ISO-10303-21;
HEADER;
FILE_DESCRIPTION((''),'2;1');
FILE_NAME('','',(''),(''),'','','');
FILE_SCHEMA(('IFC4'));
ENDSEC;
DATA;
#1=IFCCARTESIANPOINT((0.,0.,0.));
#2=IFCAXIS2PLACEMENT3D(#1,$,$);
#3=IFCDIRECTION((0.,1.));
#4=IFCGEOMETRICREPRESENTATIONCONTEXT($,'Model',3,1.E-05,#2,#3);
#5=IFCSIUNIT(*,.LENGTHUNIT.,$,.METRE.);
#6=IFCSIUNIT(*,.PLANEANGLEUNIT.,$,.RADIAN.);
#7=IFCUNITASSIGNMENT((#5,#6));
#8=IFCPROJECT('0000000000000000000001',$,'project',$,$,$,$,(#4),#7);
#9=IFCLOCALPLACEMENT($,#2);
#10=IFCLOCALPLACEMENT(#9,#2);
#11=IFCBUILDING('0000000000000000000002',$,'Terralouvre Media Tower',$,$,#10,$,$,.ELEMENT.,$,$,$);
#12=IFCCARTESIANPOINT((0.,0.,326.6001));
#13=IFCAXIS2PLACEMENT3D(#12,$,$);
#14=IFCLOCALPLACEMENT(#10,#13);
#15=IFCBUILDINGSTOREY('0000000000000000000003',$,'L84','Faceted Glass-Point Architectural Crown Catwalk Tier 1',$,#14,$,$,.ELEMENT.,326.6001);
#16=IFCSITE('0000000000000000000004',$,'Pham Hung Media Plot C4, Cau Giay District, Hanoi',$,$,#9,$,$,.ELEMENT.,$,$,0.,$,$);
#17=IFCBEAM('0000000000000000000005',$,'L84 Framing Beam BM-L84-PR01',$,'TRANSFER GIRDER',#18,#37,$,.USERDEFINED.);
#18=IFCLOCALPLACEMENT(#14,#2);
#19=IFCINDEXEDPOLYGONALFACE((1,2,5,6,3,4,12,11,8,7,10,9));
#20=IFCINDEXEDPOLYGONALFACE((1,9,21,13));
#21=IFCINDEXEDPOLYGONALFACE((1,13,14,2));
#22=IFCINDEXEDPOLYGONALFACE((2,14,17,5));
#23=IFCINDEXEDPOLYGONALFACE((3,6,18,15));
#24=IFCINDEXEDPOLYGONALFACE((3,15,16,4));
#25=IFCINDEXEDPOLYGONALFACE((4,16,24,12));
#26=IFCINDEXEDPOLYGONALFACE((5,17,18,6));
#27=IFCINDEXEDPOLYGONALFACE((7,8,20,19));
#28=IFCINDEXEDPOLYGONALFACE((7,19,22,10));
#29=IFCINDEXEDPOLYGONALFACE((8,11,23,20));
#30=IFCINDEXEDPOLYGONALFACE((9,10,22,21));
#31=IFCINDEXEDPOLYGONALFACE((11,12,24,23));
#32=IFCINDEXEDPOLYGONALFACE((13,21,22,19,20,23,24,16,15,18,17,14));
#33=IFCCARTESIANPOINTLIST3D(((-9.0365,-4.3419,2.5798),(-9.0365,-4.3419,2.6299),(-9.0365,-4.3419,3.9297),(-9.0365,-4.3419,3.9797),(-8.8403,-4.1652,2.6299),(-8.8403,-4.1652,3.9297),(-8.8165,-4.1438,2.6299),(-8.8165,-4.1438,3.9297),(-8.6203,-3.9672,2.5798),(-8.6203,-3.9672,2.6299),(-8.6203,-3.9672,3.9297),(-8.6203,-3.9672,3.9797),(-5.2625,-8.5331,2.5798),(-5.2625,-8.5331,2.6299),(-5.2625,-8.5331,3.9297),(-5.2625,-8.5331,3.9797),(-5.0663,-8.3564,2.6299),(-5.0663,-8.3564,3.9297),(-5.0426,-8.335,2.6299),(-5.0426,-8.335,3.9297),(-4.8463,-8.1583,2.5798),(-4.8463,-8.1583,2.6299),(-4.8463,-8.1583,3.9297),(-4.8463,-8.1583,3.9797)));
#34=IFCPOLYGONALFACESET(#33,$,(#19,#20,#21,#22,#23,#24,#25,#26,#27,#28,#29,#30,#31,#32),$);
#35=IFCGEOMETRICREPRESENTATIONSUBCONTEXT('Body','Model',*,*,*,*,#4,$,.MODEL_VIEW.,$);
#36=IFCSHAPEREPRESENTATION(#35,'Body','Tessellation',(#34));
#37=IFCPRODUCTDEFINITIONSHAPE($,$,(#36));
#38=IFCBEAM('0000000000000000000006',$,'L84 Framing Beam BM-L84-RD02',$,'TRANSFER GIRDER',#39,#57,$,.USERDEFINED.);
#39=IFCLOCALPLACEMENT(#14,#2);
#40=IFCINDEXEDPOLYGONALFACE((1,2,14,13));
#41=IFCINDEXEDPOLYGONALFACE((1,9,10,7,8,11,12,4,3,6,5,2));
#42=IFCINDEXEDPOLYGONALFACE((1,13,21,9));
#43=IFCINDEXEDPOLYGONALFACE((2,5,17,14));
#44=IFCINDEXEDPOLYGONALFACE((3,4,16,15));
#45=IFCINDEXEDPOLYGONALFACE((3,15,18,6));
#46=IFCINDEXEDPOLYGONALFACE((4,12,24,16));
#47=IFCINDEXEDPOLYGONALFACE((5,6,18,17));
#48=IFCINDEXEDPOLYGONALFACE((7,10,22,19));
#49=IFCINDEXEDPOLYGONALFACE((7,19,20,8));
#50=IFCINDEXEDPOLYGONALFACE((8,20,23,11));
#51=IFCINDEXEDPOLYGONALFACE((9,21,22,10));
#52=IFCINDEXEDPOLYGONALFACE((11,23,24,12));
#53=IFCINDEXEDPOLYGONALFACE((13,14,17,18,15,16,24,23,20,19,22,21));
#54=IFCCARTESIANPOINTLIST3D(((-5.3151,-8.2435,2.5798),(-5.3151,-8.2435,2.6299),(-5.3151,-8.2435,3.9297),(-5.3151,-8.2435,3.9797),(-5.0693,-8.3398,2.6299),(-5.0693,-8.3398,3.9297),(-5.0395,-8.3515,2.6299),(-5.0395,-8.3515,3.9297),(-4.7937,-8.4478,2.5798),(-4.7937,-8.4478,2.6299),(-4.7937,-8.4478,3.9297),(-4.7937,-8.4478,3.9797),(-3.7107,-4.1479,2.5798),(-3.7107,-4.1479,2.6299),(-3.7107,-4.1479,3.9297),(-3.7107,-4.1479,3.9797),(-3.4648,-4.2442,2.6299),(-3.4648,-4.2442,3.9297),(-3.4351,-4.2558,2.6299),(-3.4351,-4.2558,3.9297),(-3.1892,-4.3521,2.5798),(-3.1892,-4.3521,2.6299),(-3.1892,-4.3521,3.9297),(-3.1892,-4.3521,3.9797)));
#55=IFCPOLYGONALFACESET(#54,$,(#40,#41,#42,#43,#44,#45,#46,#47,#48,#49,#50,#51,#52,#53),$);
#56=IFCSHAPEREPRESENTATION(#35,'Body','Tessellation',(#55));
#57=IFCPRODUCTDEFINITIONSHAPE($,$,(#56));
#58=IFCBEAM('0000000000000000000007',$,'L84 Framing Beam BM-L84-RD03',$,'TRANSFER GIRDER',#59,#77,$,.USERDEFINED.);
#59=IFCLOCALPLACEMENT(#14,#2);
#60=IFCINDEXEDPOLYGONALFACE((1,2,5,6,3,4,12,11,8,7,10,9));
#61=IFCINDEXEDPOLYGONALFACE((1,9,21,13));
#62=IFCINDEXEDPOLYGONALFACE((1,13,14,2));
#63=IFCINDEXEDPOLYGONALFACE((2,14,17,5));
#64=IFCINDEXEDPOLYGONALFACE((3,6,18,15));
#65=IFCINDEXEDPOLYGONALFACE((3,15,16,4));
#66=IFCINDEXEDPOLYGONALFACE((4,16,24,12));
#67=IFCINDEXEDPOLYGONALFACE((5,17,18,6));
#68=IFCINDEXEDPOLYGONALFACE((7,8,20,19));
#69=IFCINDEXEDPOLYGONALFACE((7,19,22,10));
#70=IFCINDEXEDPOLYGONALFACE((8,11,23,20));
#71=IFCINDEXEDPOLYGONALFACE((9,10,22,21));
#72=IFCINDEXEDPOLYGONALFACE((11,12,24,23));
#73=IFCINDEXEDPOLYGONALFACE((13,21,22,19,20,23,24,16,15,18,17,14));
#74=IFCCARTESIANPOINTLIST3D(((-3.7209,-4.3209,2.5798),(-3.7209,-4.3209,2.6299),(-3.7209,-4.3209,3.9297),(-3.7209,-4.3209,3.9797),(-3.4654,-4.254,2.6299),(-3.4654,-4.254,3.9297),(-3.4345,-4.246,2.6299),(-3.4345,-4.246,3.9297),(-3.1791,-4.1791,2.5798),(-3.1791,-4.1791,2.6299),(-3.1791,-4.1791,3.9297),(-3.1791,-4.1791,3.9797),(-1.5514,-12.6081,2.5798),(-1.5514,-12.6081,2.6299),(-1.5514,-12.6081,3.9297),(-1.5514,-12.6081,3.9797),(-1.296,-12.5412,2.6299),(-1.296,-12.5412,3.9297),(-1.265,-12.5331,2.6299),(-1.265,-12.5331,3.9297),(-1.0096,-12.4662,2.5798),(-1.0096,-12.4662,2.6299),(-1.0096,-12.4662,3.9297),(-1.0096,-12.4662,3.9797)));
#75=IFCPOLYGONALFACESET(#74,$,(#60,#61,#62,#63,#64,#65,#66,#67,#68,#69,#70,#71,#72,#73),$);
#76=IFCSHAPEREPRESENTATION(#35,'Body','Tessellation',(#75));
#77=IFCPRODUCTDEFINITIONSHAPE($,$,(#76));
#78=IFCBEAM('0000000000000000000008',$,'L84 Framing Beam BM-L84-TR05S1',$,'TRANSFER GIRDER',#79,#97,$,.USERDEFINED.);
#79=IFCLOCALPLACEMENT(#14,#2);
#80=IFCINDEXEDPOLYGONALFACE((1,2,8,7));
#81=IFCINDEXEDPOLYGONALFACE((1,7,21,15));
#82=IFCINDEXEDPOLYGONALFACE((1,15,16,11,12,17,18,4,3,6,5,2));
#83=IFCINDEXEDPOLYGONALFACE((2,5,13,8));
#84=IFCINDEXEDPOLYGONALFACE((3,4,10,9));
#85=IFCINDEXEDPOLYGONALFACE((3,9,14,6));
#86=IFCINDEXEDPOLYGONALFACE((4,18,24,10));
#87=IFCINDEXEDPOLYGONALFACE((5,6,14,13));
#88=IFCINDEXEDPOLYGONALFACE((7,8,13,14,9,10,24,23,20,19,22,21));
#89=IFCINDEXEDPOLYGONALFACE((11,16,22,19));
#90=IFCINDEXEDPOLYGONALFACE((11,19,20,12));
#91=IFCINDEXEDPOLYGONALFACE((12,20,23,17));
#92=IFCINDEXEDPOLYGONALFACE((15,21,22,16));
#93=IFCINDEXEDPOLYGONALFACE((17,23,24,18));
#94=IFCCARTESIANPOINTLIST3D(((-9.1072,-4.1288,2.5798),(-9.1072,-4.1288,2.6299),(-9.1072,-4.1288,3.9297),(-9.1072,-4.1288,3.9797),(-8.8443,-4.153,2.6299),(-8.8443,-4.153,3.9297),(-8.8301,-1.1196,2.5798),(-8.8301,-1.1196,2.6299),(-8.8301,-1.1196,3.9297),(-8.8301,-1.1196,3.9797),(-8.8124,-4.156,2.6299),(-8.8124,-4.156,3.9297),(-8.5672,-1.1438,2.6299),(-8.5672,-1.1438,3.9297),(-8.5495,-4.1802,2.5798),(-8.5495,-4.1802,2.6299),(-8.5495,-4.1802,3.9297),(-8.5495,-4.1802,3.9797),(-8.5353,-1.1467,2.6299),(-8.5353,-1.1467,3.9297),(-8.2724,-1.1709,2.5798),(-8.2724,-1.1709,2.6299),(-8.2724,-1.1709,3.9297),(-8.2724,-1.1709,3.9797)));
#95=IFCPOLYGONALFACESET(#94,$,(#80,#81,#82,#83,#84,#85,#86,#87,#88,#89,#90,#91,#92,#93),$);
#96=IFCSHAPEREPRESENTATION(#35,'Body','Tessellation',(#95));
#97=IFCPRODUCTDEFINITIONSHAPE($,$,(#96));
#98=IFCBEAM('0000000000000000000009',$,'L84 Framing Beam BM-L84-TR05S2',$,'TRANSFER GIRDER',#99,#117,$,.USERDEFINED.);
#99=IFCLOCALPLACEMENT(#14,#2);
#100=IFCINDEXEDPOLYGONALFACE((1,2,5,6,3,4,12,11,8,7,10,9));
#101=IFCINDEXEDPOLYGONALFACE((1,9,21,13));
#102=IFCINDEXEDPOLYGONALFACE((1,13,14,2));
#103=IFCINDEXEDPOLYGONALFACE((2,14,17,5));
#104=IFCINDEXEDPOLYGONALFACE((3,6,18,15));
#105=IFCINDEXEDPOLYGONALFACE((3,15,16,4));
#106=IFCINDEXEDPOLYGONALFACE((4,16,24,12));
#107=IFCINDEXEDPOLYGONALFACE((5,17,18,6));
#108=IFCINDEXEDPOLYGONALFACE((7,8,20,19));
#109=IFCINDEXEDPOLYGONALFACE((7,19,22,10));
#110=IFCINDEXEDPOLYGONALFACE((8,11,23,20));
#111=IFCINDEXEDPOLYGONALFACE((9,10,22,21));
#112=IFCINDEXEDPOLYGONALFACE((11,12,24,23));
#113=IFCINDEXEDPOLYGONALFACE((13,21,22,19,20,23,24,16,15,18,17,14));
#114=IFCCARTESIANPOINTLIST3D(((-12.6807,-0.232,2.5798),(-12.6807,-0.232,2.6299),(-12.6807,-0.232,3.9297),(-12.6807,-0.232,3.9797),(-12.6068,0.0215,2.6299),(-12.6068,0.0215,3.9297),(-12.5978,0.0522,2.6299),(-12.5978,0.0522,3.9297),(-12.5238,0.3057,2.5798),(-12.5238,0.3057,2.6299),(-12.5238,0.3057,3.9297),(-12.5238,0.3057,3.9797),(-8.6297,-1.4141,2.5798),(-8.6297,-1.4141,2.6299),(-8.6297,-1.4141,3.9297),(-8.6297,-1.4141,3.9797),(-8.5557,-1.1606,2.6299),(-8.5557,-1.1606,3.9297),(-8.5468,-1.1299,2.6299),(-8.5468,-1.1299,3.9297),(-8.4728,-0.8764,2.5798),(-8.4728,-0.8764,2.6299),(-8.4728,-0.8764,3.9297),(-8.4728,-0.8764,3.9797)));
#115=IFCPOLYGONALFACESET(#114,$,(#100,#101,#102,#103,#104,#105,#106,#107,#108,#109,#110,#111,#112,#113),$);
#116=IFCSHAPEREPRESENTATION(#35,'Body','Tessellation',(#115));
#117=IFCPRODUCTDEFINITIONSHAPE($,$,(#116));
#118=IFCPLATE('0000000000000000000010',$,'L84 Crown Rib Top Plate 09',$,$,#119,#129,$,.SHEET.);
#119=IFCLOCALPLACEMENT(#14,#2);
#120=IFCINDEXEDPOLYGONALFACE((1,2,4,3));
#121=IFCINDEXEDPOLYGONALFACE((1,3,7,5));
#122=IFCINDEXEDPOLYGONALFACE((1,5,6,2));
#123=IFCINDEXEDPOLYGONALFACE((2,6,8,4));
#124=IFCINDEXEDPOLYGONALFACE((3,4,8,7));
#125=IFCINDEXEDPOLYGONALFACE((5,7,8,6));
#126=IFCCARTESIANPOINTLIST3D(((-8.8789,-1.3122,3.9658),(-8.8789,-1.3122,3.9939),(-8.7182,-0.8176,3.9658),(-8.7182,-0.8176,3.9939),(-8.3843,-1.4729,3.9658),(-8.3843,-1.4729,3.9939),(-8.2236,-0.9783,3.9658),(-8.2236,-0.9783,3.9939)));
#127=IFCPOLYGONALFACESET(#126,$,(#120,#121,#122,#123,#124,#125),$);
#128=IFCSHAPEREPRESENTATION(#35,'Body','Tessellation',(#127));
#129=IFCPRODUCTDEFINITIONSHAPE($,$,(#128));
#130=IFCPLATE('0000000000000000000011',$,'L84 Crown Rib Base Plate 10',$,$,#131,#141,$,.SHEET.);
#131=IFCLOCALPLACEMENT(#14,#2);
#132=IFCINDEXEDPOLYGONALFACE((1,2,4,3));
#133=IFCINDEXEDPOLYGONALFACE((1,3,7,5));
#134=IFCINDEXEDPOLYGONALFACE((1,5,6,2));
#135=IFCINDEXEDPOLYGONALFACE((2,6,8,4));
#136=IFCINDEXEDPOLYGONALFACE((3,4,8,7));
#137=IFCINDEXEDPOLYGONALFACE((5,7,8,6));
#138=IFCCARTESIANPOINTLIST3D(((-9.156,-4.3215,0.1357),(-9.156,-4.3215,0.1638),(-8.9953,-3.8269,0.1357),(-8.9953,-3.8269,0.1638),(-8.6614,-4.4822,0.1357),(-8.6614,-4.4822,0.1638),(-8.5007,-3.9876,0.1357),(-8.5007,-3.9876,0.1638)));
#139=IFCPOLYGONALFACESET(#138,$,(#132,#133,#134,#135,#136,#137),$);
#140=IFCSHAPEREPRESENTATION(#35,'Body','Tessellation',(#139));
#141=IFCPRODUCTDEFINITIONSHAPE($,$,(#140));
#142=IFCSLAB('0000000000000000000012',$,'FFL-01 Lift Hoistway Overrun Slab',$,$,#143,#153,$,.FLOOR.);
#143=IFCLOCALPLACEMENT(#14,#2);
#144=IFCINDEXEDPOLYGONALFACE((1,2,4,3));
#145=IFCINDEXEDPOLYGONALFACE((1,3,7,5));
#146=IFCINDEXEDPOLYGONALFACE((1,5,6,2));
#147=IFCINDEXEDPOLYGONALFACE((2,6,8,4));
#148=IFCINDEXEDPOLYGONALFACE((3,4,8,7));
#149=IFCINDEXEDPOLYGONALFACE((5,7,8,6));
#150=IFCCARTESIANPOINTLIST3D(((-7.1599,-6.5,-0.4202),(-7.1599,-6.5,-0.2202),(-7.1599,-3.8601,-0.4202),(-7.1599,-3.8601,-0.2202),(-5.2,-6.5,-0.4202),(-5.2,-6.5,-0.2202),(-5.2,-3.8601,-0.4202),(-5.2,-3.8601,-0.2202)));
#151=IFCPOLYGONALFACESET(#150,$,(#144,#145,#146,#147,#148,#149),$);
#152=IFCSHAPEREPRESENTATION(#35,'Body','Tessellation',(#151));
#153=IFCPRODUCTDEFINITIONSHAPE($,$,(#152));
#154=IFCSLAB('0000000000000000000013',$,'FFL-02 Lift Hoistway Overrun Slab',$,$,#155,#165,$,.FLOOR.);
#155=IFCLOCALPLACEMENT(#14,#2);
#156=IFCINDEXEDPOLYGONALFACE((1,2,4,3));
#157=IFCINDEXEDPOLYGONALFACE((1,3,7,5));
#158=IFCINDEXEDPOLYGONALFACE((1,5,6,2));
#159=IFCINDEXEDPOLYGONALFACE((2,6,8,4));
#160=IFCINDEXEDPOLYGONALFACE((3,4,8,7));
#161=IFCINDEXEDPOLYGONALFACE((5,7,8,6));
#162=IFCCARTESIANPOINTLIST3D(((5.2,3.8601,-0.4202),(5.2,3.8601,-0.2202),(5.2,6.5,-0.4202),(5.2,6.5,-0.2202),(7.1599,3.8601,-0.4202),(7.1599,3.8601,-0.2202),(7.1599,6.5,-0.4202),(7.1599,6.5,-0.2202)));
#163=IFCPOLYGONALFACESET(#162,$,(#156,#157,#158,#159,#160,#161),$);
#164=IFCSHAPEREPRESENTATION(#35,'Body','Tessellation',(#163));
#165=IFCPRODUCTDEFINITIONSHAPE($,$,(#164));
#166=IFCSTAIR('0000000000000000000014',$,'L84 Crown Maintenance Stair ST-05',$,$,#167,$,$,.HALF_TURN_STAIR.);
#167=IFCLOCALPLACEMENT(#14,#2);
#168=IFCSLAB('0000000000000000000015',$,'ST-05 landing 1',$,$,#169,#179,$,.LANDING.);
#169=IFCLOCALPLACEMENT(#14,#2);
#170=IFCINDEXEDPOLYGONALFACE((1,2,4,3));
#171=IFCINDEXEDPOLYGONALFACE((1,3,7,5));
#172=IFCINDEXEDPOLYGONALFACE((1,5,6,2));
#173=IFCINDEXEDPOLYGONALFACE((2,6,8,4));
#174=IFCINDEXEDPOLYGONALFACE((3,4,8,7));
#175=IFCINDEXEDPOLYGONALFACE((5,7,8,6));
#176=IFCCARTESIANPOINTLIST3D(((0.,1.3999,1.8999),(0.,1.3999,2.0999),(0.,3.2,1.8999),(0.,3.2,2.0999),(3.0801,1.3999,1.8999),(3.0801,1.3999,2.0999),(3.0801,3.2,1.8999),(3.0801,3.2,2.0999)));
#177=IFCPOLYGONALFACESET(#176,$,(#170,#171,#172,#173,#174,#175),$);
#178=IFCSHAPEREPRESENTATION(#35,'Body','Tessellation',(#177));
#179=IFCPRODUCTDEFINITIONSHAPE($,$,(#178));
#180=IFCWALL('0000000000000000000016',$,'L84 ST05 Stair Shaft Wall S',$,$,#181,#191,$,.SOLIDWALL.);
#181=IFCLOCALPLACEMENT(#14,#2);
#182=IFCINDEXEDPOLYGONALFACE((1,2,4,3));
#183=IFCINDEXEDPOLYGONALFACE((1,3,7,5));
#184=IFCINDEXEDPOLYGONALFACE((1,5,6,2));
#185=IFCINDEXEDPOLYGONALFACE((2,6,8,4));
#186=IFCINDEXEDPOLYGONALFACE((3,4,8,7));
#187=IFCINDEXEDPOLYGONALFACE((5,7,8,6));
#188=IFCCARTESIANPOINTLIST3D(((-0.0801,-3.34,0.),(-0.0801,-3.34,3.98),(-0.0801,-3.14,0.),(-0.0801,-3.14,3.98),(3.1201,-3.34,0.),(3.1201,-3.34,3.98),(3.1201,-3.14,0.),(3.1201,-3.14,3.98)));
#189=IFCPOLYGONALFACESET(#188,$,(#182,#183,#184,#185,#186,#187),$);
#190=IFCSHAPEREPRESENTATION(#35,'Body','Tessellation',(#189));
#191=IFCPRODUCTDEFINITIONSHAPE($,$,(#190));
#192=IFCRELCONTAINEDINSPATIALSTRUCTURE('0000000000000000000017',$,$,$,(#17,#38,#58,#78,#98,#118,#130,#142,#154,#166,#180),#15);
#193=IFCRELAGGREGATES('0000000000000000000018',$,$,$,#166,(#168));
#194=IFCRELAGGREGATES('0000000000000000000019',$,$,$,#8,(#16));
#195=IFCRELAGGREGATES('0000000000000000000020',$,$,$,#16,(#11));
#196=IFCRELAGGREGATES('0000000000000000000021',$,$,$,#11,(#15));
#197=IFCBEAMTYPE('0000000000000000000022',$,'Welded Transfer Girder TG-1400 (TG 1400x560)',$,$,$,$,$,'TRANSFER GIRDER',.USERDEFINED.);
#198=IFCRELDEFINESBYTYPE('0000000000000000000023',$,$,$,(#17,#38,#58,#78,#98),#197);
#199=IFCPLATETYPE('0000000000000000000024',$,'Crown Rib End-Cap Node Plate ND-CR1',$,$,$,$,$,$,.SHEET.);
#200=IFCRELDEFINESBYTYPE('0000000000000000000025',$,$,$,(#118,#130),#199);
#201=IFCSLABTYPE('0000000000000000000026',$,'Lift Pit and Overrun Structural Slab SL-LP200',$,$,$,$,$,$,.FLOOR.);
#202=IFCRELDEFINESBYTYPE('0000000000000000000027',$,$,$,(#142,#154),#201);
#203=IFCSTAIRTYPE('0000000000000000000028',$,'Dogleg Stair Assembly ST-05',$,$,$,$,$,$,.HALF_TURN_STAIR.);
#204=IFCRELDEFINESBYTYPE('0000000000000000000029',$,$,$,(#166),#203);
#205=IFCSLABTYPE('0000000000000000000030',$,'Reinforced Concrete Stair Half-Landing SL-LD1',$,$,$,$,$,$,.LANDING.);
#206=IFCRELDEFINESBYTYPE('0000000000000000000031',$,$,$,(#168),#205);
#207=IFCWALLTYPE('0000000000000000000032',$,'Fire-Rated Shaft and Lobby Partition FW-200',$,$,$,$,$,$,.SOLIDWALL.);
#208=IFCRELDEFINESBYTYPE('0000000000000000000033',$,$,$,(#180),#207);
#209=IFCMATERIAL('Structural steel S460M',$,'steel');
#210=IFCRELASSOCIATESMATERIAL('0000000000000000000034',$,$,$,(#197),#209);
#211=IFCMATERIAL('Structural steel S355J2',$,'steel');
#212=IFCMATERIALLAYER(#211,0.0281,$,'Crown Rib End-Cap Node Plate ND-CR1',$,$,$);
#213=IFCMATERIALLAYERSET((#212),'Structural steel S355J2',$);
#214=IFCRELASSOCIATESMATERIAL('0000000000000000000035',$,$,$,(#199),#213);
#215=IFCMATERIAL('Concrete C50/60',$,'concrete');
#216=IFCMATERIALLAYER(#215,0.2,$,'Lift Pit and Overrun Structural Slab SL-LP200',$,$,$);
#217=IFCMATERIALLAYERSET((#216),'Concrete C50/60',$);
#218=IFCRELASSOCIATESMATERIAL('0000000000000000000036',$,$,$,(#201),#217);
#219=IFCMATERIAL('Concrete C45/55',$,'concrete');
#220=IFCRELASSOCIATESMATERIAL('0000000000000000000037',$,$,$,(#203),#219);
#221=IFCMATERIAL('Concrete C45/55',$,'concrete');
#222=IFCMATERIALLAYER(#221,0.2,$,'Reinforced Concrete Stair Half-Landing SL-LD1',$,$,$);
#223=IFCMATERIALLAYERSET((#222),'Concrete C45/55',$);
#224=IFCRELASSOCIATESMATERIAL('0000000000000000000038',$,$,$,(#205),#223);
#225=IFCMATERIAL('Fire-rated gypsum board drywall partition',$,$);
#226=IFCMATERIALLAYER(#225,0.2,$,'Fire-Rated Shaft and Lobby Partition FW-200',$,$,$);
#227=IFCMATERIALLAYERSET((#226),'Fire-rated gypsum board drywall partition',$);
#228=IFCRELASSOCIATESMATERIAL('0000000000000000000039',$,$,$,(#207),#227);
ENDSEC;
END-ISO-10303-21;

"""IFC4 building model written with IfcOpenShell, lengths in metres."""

from ifc_helpers import new_model, si_unit, direction, frame, frame_2d, origin, origin_2d, place, context, subcontext, project, spatial, polyline, rectangle, i_section, outline, extrude, material, layer, layer_set, material_profile, profile_set, type_object, element, aggregate, save


model = new_model("IFC4")

# Units and contexts
model_context = context("Model", 3, precision=1e-05, world=origin(), true_north=direction((0.0, 1.0)))
body_context = subcontext(model_context, "Body", "Model", "MODEL_VIEW")
ifc_project = project(units=[si_unit("LENGTHUNIT", "METRE"), si_unit("PLANEANGLEUNIT", "RADIAN")], contexts=[model_context])

# Site, building, storey
site_placement = place(None, origin())
site = spatial("IfcSite", under=ifc_project, at=site_placement, Name="Pham Hung Media Plot C4, Cau Giay District, Hanoi", CompositionType="ELEMENT", RefElevation=0.0)
building_placement = place(site_placement, origin())
building = spatial("IfcBuilding", under=site, at=building_placement, Name="Terralouvre Media Tower", CompositionType="ELEMENT")
storey_placement = place(building_placement, frame((0.0, 0.0, 326.6001)))
storey = spatial("IfcBuildingStorey", under=building, at=storey_placement, Name="L84", Description="Faceted Glass-Point Architectural Crown Catwalk Tier 1", CompositionType="ELEMENT", Elevation=326.6001)

# Beams
ifc_material_1 = material(Name="Structural steel S460M", Category="steel")
ifc_material_profile_1 = material_profile(ifc_material_1, i_section(OverallWidth=0.5601, OverallDepth=1.3999, WebThickness=0.032, FlangeThickness=0.05, at=origin_2d()), Name="TG 1400x560")
ifc_profile_set_1 = profile_set([ifc_material_profile_1], Name="Structural steel S460M")
beam_type = type_object("IfcBeamType", Name="Welded Transfer Girder TG-1400 (TG 1400x560)", ElementType="TRANSFER GIRDER", PredefinedType="USERDEFINED", material=ifc_profile_set_1)
beam_1_placement = place(storey_placement, frame((-8.8284, -4.1545, 3.2798), z_axis=(0.669149, -0.743128, 0.0), x_axis=(0.743128, 0.669149, 0.0)))
element("IfcBeam", 1, at=beam_1_placement, inside=storey, type_object=beam_type, Name="L84 Framing Beam BM-L84-PR01", ObjectType="TRANSFER GIRDER", PredefinedType="USERDEFINED", context=body_context, shape_type="SweptSolid", body=[
    extrude(i_section(OverallWidth=0.5601, OverallDepth=1.3999, WebThickness=0.032, FlangeThickness=0.05, at=origin_2d()), origin(), (0.0, 0.0, 1.0), 5.6399),
])
beam_2_placement = place(storey_placement, frame((-3.45, -4.25, 3.2798), z_axis=(-0.364759, -0.931102, 0.0), x_axis=(0.931102, -0.364759, 0.0)))
element("IfcBeam", 2, at=beam_2_placement, inside=storey, type_object=beam_type, Name="L84 Framing Beam BM-L84-RD02", ObjectType="TRANSFER GIRDER", PredefinedType="USERDEFINED", context=body_context, shape_type="SweptSolid", body=[
    extrude(i_section(OverallWidth=0.5601, OverallDepth=1.3999, WebThickness=0.032, FlangeThickness=0.05, at=origin_2d()), origin(), (0.0, 0.0, 1.0), 4.3987),
])
beam_3_placement = place(storey_placement, frame((-3.45, -4.25, 3.2798), z_axis=(0.25325, -0.967401, 0.0), x_axis=(0.967401, 0.25325, 0.0)))
element("IfcBeam", 3, at=beam_3_placement, inside=storey, type_object=beam_type, Name="L84 Framing Beam BM-L84-RD03", ObjectType="TRANSFER GIRDER", PredefinedType="USERDEFINED", context=body_context, shape_type="SweptSolid", body=[
    extrude(i_section(OverallWidth=0.5601, OverallDepth=1.3999, WebThickness=0.032, FlangeThickness=0.05, at=origin_2d()), origin(), (0.0, 0.0, 1.0), 8.5664),
])
beam_4_placement = place(storey_placement, frame((-8.5513, -1.1453, 3.2798), z_axis=(-0.091694, -0.995787, 0.0), x_axis=(0.995787, -0.091694, 0.0)))
element("IfcBeam", 4, at=beam_4_placement, inside=storey, type_object=beam_type, Name="L84 Framing Beam BM-L84-TR05S1", ObjectType="TRANSFER GIRDER", PredefinedType="USERDEFINED", context=body_context, shape_type="SweptSolid", body=[
    extrude(i_section(OverallWidth=0.5601, OverallDepth=1.3999, WebThickness=0.032, FlangeThickness=0.05, at=origin_2d()), origin(), (0.0, 0.0, 1.0), 3.022),
])
beam_5_placement = place(storey_placement, frame((-8.5513, -1.1453, 3.2798), z_axis=(-0.959963, 0.280127, 0.0), x_axis=(-0.280127, -0.959963, 0.0)))
element("IfcBeam", 5, at=beam_5_placement, inside=storey, type_object=beam_type, Name="L84 Framing Beam BM-L84-TR05S2", ObjectType="TRANSFER GIRDER", PredefinedType="USERDEFINED", context=body_context, shape_type="SweptSolid", body=[
    extrude(i_section(OverallWidth=0.5601, OverallDepth=1.3999, WebThickness=0.032, FlangeThickness=0.05, at=origin_2d()), origin(), (0.0, 0.0, 1.0), 4.22),
])

# Plates
ifc_material_2 = material(Name="Structural steel S355J2", Category="steel")
ifc_layer_1 = layer(ifc_material_2, 0.0281, Name="Crown Rib End-Cap Node Plate ND-CR1")
ifc_layer_set_1 = layer_set([ifc_layer_1], Name="Structural steel S355J2")
plate_type = type_object("IfcPlateType", Name="Crown Rib End-Cap Node Plate ND-CR1", PredefinedType="SHEET", material=ifc_layer_set_1)
for number, where, z_axis, x_axis, name in (
    (6, (-8.5513, -1.1453, 3.9658), (0.0, 0.0, 1.0), (0.309017, 0.951057, 0.0), "L84 Crown Rib Top Plate 09"),
    (7, (-8.8284, -4.1545, 0.1357), (0.0, 0.0, 1.0), (0.309017, 0.951057, 0.0), "L84 Crown Rib Base Plate 10"),
):
    element("IfcPlate", number, at=place(storey_placement, frame(where, z_axis=z_axis, x_axis=x_axis)), inside=storey, type_object=plate_type, Name=name, PredefinedType="SHEET", context=body_context, shape_type="SweptSolid", body=[
        extrude(rectangle(XDim=0.52, YDim=0.52, at=origin_2d()), origin(), (0.0, 0.0, 1.0), 0.0281),
    ])

# Slabs
ifc_material_3 = material(Name="Concrete C50/60", Category="concrete")
ifc_layer_2 = layer(ifc_material_3, 0.2, Name="Lift Pit and Overrun Structural Slab SL-LP200")
ifc_layer_set_2 = layer_set([ifc_layer_2], Name="Concrete C50/60")
slab_type_1 = type_object("IfcSlabType", Name="Lift Pit and Overrun Structural Slab SL-LP200", PredefinedType="FLOOR", material=ifc_layer_set_2)
slab_1_placement = place(storey_placement, frame((0.0, 0.0, -0.4202)))
element("IfcSlab", 8, at=slab_1_placement, inside=storey, type_object=slab_type_1, Name="FFL-01 Lift Hoistway Overrun Slab", PredefinedType="FLOOR", context=body_context, shape_type="SweptSolid", body=[
    extrude(outline(polyline([(-7.1599, -6.5), (-5.2, -6.5), (-5.2, -3.8601), (-7.1599, -3.8601), (-7.1599, -6.5)])), origin(), (0.0, 0.0, 1.0), 0.2),
])
slab_2_placement = place(storey_placement, frame((0.0, 0.0, -0.4202)))
element("IfcSlab", 9, at=slab_2_placement, inside=storey, type_object=slab_type_1, Name="FFL-02 Lift Hoistway Overrun Slab", PredefinedType="FLOOR", context=body_context, shape_type="SweptSolid", body=[
    extrude(outline(polyline([(5.2, 3.8601), (7.1599, 3.8601), (7.1599, 6.5), (5.2, 6.5), (5.2, 3.8601)])), origin(), (0.0, 0.0, 1.0), 0.2),
])

# Stair, slab
ifc_material_4 = material(Name="Concrete C45/55", Category="concrete")
stair_type = type_object("IfcStairType", Name="Dogleg Stair Assembly ST-05", PredefinedType="HALF_TURN_STAIR", material=ifc_material_4)
stair_placement = place(storey_placement, origin())
stair = element("IfcStair", 10, at=stair_placement, inside=storey, type_object=stair_type, Name="L84 Crown Maintenance Stair ST-05", PredefinedType="HALF_TURN_STAIR")
ifc_material_5 = material(Name="Concrete C45/55", Category="concrete")
ifc_layer_3 = layer(ifc_material_5, 0.2, Name="Reinforced Concrete Stair Half-Landing SL-LD1")
ifc_layer_set_3 = layer_set([ifc_layer_3], Name="Concrete C45/55")
slab_type_2 = type_object("IfcSlabType", Name="Reinforced Concrete Stair Half-Landing SL-LD1", PredefinedType="LANDING", material=ifc_layer_set_3)
slab_3_placement = place(storey_placement, frame((0.0, 0.0, 1.8999)))
slab_3 = element("IfcSlab", 11, at=slab_3_placement, type_object=slab_type_2, Name="ST-05 landing 1", PredefinedType="LANDING", context=body_context, shape_type="SweptSolid", body=[
    extrude(outline(polyline([(3.0801, 1.3999), (3.0801, 3.2), (0.0, 3.2), (0.0, 1.3999), (3.0801, 1.3999)])), origin(), (0.0, 0.0, 1.0), 0.2),
])
aggregate(stair, [slab_3])

# Wall
ifc_material_6 = material(Name="Fire-rated gypsum board drywall partition")
ifc_layer_4 = layer(ifc_material_6, 0.2, Name="Fire-Rated Shaft and Lobby Partition FW-200")
ifc_layer_set_4 = layer_set([ifc_layer_4], Name="Fire-rated gypsum board drywall partition")
wall_type = type_object("IfcWallType", Name="Fire-Rated Shaft and Lobby Partition FW-200", PredefinedType="SOLIDWALL", material=ifc_layer_set_4)
wall_1_placement = place(storey_placement, frame((-0.0801, -3.24, 0.0), z_axis=(0.0, 0.0, 1.0), x_axis=(1.0, 0.0, 0.0)))
element("IfcWall", 12, at=wall_1_placement, inside=storey, type_object=wall_type, Name="L84 ST05 Stair Shaft Wall S", PredefinedType="SOLIDWALL", context=body_context, shape_type="SweptSolid", body=[
    extrude(rectangle(XDim=3.2002, YDim=0.2, at=frame_2d((1.6001, 0.0))), origin(), (0.0, 0.0, 1.0), 3.98),
])

save(model, "model.ifc")
